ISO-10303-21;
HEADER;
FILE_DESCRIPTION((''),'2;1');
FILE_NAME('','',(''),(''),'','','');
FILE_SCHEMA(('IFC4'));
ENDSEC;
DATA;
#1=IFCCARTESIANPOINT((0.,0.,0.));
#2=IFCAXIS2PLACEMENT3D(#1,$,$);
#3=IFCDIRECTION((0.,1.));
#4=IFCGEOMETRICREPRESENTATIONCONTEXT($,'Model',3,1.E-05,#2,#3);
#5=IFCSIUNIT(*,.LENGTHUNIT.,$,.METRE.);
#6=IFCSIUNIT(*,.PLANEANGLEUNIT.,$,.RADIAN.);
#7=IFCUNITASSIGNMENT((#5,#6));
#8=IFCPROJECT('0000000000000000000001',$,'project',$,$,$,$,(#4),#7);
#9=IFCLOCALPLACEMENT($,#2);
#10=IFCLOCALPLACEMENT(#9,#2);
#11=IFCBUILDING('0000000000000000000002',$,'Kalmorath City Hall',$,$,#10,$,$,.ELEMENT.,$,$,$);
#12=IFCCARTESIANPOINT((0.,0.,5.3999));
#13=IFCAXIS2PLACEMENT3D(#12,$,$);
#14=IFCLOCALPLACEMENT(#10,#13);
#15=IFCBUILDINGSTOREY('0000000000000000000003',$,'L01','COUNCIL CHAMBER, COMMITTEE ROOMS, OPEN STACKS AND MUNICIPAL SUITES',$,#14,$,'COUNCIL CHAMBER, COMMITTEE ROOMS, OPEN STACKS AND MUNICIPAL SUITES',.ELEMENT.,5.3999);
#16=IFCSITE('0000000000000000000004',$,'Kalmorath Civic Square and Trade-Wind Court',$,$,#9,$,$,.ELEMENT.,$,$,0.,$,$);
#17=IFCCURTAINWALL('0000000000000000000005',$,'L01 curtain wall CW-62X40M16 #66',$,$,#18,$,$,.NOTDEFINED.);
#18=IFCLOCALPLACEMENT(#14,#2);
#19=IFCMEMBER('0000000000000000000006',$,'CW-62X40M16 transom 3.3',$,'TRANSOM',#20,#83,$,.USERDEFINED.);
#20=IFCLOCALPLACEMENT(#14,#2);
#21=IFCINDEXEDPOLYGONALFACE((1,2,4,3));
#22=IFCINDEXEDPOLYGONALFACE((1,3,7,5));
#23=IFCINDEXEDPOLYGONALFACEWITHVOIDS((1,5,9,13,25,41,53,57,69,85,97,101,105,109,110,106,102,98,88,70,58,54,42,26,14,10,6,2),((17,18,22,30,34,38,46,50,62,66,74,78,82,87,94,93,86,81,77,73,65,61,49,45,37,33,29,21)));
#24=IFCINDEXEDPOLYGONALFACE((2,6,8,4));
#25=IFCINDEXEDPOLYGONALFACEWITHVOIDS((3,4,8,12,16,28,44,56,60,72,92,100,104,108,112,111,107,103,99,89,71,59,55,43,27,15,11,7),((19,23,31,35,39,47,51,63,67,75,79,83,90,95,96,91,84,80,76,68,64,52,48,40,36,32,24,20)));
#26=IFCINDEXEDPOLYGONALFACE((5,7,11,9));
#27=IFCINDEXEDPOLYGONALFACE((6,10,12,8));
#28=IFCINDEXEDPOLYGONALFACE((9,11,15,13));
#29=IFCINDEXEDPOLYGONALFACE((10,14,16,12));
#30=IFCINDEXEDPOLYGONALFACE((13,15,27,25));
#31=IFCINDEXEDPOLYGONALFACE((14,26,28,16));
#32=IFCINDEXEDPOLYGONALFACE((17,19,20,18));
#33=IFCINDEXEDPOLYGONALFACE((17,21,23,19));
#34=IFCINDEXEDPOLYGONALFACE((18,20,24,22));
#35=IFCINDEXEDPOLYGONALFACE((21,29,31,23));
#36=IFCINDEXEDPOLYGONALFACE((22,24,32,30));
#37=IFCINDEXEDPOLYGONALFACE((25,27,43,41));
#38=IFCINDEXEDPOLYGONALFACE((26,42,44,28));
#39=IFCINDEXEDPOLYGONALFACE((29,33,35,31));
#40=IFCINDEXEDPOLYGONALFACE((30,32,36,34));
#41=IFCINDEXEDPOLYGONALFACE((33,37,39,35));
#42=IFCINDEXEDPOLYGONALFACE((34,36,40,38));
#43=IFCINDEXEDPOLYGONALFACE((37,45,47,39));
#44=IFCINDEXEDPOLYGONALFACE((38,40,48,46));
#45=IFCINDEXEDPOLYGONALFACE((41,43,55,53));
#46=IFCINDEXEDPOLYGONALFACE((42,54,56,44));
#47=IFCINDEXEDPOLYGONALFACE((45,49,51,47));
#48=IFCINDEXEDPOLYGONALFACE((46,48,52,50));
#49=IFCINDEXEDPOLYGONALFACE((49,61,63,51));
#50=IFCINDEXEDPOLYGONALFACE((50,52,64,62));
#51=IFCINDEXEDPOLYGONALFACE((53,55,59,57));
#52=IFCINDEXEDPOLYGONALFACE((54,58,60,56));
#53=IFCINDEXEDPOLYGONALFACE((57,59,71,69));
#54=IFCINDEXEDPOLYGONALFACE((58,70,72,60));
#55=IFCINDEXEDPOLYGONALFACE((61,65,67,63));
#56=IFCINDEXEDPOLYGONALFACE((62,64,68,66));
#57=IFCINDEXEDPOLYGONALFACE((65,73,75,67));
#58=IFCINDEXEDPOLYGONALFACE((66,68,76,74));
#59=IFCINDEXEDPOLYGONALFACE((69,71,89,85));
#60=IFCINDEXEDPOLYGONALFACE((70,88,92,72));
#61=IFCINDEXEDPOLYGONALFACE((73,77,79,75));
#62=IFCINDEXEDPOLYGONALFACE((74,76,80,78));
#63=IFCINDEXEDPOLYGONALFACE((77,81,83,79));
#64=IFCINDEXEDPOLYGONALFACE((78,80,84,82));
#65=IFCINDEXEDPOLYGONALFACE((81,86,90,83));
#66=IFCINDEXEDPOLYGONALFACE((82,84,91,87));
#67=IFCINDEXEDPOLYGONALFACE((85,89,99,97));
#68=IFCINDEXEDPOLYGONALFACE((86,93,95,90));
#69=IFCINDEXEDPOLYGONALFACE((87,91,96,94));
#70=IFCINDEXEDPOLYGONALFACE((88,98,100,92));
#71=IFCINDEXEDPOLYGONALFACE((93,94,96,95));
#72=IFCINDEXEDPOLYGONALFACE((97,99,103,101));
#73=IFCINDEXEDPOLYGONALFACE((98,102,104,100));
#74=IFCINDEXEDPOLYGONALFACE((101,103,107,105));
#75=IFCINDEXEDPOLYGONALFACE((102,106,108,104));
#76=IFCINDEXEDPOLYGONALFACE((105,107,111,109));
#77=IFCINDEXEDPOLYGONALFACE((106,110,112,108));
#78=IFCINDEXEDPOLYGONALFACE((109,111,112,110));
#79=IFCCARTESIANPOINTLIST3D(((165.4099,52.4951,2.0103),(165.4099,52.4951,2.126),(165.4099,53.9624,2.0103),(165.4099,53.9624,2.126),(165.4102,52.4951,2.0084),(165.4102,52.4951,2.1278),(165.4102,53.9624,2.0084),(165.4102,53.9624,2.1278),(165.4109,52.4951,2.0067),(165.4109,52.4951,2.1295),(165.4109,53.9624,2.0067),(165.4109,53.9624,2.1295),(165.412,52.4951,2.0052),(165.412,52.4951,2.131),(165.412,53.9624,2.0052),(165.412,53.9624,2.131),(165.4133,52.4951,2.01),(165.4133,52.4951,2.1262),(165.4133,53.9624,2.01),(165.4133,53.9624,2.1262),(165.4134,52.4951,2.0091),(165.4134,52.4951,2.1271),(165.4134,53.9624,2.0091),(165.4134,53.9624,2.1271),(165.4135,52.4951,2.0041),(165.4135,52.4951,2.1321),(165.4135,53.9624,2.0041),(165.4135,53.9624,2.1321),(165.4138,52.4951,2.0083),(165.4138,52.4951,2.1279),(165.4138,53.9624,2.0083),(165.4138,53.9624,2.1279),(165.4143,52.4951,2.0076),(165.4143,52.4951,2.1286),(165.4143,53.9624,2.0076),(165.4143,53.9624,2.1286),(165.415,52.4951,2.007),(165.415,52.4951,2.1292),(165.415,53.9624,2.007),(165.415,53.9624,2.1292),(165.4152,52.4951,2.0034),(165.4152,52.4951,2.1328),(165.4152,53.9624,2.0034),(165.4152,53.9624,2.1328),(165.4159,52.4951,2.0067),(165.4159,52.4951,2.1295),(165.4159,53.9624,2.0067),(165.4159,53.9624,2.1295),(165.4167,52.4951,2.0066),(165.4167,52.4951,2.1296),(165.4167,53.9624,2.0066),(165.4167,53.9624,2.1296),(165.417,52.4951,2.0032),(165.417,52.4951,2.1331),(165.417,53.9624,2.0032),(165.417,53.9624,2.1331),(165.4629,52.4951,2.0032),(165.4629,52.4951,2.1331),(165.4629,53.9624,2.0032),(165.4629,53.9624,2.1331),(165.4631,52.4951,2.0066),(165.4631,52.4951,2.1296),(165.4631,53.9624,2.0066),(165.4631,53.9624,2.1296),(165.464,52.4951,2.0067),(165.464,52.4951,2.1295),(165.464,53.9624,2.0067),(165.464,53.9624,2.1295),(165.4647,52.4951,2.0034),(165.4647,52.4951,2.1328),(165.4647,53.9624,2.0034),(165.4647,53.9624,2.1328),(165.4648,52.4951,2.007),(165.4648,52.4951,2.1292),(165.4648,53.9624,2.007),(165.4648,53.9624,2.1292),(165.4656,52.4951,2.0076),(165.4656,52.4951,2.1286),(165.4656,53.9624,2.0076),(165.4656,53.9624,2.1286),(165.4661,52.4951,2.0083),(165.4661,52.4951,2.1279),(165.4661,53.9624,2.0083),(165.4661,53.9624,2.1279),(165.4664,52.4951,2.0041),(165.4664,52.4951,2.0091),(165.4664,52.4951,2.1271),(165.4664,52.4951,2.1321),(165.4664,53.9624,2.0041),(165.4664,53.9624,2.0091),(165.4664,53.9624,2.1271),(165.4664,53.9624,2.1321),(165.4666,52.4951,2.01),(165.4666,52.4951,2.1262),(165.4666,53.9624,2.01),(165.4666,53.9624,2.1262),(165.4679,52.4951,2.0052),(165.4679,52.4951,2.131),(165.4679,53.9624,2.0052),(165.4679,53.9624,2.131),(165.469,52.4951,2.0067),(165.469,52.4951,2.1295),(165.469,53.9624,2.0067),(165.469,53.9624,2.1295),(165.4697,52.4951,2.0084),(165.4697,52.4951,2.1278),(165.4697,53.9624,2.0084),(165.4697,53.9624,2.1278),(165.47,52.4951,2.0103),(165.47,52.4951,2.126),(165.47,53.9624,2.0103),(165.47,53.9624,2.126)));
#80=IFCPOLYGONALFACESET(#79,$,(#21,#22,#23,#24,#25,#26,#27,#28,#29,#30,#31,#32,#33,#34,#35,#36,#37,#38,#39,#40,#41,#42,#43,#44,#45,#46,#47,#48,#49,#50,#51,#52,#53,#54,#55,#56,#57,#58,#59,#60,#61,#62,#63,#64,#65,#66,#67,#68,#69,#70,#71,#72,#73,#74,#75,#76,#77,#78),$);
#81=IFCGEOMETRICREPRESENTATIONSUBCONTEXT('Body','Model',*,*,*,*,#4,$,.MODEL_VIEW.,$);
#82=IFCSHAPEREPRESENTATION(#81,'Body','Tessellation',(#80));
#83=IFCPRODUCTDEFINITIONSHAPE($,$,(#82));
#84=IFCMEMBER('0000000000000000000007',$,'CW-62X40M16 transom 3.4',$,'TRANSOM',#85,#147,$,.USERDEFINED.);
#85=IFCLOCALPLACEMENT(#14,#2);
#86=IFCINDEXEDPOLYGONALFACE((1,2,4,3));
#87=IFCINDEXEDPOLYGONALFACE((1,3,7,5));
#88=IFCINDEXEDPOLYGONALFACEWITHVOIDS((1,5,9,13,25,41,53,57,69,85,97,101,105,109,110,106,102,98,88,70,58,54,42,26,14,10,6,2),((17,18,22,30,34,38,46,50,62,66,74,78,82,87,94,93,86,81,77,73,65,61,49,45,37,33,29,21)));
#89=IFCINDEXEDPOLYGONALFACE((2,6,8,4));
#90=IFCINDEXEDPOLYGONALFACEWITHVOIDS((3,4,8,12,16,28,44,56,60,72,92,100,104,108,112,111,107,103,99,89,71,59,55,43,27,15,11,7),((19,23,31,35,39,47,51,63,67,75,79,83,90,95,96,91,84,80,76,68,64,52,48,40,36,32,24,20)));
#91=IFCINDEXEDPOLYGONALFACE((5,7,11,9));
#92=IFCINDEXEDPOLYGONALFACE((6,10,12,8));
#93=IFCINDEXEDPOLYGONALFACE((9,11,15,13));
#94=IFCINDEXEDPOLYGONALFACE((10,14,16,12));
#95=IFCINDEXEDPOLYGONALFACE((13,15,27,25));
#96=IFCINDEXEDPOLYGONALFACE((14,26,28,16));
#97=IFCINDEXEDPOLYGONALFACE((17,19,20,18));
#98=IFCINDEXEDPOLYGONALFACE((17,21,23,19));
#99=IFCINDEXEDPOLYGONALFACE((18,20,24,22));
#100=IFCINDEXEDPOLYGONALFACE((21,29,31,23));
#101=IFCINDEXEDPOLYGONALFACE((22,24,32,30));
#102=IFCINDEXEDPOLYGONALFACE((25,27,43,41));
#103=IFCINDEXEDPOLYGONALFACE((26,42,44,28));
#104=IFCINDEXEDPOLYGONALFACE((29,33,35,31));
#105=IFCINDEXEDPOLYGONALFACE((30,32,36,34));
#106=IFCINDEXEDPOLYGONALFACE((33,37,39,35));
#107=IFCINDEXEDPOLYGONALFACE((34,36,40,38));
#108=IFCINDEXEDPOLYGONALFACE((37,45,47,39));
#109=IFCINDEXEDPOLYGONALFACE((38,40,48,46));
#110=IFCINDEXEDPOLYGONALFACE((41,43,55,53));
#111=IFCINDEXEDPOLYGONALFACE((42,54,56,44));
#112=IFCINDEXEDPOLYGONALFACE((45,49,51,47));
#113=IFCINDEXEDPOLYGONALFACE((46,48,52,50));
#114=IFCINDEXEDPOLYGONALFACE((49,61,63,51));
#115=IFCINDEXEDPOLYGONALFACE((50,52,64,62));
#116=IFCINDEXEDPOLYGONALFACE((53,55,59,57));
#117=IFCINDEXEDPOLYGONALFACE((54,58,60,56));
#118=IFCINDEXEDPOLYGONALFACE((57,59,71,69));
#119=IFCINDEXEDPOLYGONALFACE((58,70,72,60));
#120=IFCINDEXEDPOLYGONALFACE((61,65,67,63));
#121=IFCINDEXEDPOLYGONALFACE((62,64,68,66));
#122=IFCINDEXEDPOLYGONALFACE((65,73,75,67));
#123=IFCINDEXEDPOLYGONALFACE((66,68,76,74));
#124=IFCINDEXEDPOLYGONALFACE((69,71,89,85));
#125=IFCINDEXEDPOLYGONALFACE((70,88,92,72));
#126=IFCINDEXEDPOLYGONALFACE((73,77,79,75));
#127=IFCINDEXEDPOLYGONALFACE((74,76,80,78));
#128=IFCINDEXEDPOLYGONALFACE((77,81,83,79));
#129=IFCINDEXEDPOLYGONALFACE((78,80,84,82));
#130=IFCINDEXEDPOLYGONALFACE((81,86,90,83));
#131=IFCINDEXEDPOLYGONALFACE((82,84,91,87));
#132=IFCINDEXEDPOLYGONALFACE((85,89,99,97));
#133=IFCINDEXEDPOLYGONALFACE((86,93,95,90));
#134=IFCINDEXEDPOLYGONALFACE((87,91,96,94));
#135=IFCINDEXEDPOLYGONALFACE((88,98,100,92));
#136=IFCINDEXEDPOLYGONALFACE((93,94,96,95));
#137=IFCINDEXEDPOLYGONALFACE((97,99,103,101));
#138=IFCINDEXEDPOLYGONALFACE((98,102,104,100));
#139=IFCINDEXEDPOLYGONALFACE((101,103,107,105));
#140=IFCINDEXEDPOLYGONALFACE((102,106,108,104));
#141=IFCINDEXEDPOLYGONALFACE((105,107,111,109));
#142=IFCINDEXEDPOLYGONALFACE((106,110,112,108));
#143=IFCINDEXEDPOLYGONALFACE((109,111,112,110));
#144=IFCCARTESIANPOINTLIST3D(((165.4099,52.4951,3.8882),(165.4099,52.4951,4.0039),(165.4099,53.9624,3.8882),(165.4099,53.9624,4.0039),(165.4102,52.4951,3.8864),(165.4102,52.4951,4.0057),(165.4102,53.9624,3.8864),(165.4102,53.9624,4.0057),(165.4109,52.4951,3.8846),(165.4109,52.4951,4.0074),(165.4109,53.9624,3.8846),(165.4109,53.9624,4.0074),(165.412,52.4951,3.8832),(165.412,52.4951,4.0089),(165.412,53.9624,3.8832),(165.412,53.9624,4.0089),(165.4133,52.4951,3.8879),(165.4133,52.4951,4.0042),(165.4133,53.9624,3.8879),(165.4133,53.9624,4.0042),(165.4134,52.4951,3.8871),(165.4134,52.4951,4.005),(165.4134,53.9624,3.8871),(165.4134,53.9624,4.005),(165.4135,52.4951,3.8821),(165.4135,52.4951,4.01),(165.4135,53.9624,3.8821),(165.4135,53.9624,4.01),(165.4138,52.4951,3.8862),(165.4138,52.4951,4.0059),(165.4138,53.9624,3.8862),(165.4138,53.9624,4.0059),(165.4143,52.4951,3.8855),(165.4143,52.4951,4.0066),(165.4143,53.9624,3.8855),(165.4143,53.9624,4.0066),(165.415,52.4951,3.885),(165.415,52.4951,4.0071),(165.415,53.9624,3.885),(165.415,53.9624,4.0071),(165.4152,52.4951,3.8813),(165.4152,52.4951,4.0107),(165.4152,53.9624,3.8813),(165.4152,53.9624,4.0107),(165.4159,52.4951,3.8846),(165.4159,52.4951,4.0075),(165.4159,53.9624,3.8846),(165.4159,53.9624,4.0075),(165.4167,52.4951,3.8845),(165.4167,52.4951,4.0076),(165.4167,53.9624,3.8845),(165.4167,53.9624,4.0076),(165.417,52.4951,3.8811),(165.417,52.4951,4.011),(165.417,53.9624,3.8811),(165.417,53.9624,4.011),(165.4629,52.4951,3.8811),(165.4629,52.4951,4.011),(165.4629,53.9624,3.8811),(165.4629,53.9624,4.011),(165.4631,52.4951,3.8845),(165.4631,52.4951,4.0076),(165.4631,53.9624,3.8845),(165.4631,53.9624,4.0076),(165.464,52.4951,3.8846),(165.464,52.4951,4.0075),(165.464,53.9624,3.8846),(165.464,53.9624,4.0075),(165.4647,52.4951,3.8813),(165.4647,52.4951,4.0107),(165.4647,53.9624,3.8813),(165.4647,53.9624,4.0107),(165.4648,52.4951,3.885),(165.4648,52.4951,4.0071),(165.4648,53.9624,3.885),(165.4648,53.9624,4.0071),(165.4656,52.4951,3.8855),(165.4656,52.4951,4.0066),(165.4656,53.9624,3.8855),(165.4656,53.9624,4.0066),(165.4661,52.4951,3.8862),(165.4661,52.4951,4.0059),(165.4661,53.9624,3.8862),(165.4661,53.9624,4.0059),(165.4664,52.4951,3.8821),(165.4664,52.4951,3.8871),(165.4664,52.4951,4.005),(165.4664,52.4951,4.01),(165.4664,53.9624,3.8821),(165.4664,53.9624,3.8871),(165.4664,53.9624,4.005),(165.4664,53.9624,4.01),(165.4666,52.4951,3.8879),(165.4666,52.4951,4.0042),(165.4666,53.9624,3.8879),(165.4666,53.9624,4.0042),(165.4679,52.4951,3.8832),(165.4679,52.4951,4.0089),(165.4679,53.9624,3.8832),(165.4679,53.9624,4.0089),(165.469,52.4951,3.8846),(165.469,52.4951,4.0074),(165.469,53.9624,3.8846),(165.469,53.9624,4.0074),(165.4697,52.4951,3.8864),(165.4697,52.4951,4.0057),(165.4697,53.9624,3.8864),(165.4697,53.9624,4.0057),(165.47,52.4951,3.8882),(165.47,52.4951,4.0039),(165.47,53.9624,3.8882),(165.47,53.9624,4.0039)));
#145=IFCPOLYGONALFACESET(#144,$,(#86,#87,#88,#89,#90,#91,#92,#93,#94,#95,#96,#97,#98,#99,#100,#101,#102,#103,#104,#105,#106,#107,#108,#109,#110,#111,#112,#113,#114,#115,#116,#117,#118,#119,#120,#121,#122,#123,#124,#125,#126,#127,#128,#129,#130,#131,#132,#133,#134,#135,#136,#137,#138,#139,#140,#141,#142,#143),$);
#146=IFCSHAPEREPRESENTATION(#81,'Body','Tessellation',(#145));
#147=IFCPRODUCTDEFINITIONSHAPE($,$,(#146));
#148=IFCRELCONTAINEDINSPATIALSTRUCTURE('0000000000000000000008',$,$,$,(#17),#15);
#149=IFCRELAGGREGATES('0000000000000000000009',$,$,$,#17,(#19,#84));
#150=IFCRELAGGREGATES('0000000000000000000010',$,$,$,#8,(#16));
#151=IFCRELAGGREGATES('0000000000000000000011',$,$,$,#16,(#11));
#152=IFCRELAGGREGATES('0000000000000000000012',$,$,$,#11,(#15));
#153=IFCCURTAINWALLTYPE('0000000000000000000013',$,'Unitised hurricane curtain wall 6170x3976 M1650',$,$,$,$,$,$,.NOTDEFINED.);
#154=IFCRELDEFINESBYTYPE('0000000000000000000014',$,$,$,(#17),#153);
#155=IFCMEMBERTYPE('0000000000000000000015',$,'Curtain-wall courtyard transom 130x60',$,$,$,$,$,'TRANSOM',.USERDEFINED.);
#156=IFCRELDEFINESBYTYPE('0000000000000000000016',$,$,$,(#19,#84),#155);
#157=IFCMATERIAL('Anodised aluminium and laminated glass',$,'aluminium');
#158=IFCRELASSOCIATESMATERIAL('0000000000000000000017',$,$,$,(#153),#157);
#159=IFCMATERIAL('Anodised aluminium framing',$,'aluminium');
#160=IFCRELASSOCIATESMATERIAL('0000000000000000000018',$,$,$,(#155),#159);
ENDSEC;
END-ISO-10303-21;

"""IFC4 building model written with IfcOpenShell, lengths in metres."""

from ifc_helpers import new_model, si_unit, direction, frame, origin, origin_2d, place, context, subcontext, project, spatial, hollow_rectangle, extrude, material, material_profile, profile_set, type_object, element, aggregate, save


model = new_model("IFC4")

# Units and contexts
model_context = context("Model", 3, precision=1e-05, world=origin(), true_north=direction((0.0, 1.0)))
body_context = subcontext(model_context, "Body", "Model", "MODEL_VIEW")
ifc_project = project(units=[si_unit("LENGTHUNIT", "METRE"), si_unit("PLANEANGLEUNIT", "RADIAN")], contexts=[model_context])

# Site, building, storey
site_placement = place(None, origin())
site = spatial("IfcSite", under=ifc_project, at=site_placement, Name="Kalmorath Civic Square and Trade-Wind Court", CompositionType="ELEMENT", RefElevation=0.0)
building_placement = place(site_placement, origin())
building = spatial("IfcBuilding", under=site, at=building_placement, Name="Kalmorath City Hall", CompositionType="ELEMENT")
storey_placement = place(building_placement, frame((0.0, 0.0, 5.3999)))
storey = spatial("IfcBuildingStorey", under=building, at=storey_placement, Name="L01", Description="COUNCIL CHAMBER, COMMITTEE ROOMS, OPEN STACKS AND MUNICIPAL SUITES", LongName="COUNCIL CHAMBER, COMMITTEE ROOMS, OPEN STACKS AND MUNICIPAL SUITES", CompositionType="ELEMENT", Elevation=5.3999)

# Curtain wall, members
ifc_material_1 = material(Name="Anodised aluminium and laminated glass", Category="aluminium")
curtain_wall_type = type_object("IfcCurtainWallType", Name="Unitised hurricane curtain wall 6170x3976 M1650", PredefinedType="NOTDEFINED", material=ifc_material_1)
curtain_wall_placement = place(storey_placement, origin())
curtain_wall = element("IfcCurtainWall", 1, at=curtain_wall_placement, inside=storey, type_object=curtain_wall_type, Name="L01 curtain wall CW-62X40M16 #66", PredefinedType="NOTDEFINED")
ifc_material_2 = material(Name="Anodised aluminium framing", Category="aluminium")
ifc_material_profile_1 = material_profile(ifc_material_2, hollow_rectangle(XDim=0.0601, YDim=0.1299, WallThickness=0.0034, InnerFilletRadius=0.0034, OuterFilletRadius=0.0071, at=origin_2d()), Name="ALU-TRN-130X60X3.5")
ifc_profile_set_1 = profile_set([ifc_material_profile_1], Name="Anodised aluminium framing")
member_type_1 = type_object("IfcMemberType", Name="Curtain-wall courtyard transom 130x60", ElementType="TRANSOM", PredefinedType="USERDEFINED", material=ifc_profile_set_1)
member_1_placement = place(storey_placement, frame((165.4399, 53.9624, 2.0681), z_axis=(0.0, -1.0, 0.0), x_axis=(1.0, 0.0, 0.0)))
member_1 = element("IfcMember", 2, at=member_1_placement, type_object=member_type_1, Name="CW-62X40M16 transom 3.3", ObjectType="TRANSOM", PredefinedType="USERDEFINED", context=body_context, shape_type="SweptSolid", body=[
    extrude(hollow_rectangle(XDim=0.0601, YDim=0.1299, WallThickness=0.0034, InnerFilletRadius=0.0034, OuterFilletRadius=0.0071, at=origin_2d()), origin(), (0.0, 0.0, 1.0), 1.4673),
])
member_2_placement = place(storey_placement, frame((165.4399, 53.9624, 3.946), z_axis=(0.0, -1.0, 0.0), x_axis=(1.0, 0.0, 0.0)))
member_2 = element("IfcMember", 3, at=member_2_placement, type_object=member_type_1, Name="CW-62X40M16 transom 3.4", ObjectType="TRANSOM", PredefinedType="USERDEFINED", context=body_context, shape_type="SweptSolid", body=[
    extrude(hollow_rectangle(XDim=0.0601, YDim=0.1299, WallThickness=0.0034, InnerFilletRadius=0.0034, OuterFilletRadius=0.0071, at=origin_2d()), origin(), (0.0, 0.0, 1.0), 1.4673),
])

aggregate(curtain_wall, [member_1, member_2])

save(model, "model.ifc")
